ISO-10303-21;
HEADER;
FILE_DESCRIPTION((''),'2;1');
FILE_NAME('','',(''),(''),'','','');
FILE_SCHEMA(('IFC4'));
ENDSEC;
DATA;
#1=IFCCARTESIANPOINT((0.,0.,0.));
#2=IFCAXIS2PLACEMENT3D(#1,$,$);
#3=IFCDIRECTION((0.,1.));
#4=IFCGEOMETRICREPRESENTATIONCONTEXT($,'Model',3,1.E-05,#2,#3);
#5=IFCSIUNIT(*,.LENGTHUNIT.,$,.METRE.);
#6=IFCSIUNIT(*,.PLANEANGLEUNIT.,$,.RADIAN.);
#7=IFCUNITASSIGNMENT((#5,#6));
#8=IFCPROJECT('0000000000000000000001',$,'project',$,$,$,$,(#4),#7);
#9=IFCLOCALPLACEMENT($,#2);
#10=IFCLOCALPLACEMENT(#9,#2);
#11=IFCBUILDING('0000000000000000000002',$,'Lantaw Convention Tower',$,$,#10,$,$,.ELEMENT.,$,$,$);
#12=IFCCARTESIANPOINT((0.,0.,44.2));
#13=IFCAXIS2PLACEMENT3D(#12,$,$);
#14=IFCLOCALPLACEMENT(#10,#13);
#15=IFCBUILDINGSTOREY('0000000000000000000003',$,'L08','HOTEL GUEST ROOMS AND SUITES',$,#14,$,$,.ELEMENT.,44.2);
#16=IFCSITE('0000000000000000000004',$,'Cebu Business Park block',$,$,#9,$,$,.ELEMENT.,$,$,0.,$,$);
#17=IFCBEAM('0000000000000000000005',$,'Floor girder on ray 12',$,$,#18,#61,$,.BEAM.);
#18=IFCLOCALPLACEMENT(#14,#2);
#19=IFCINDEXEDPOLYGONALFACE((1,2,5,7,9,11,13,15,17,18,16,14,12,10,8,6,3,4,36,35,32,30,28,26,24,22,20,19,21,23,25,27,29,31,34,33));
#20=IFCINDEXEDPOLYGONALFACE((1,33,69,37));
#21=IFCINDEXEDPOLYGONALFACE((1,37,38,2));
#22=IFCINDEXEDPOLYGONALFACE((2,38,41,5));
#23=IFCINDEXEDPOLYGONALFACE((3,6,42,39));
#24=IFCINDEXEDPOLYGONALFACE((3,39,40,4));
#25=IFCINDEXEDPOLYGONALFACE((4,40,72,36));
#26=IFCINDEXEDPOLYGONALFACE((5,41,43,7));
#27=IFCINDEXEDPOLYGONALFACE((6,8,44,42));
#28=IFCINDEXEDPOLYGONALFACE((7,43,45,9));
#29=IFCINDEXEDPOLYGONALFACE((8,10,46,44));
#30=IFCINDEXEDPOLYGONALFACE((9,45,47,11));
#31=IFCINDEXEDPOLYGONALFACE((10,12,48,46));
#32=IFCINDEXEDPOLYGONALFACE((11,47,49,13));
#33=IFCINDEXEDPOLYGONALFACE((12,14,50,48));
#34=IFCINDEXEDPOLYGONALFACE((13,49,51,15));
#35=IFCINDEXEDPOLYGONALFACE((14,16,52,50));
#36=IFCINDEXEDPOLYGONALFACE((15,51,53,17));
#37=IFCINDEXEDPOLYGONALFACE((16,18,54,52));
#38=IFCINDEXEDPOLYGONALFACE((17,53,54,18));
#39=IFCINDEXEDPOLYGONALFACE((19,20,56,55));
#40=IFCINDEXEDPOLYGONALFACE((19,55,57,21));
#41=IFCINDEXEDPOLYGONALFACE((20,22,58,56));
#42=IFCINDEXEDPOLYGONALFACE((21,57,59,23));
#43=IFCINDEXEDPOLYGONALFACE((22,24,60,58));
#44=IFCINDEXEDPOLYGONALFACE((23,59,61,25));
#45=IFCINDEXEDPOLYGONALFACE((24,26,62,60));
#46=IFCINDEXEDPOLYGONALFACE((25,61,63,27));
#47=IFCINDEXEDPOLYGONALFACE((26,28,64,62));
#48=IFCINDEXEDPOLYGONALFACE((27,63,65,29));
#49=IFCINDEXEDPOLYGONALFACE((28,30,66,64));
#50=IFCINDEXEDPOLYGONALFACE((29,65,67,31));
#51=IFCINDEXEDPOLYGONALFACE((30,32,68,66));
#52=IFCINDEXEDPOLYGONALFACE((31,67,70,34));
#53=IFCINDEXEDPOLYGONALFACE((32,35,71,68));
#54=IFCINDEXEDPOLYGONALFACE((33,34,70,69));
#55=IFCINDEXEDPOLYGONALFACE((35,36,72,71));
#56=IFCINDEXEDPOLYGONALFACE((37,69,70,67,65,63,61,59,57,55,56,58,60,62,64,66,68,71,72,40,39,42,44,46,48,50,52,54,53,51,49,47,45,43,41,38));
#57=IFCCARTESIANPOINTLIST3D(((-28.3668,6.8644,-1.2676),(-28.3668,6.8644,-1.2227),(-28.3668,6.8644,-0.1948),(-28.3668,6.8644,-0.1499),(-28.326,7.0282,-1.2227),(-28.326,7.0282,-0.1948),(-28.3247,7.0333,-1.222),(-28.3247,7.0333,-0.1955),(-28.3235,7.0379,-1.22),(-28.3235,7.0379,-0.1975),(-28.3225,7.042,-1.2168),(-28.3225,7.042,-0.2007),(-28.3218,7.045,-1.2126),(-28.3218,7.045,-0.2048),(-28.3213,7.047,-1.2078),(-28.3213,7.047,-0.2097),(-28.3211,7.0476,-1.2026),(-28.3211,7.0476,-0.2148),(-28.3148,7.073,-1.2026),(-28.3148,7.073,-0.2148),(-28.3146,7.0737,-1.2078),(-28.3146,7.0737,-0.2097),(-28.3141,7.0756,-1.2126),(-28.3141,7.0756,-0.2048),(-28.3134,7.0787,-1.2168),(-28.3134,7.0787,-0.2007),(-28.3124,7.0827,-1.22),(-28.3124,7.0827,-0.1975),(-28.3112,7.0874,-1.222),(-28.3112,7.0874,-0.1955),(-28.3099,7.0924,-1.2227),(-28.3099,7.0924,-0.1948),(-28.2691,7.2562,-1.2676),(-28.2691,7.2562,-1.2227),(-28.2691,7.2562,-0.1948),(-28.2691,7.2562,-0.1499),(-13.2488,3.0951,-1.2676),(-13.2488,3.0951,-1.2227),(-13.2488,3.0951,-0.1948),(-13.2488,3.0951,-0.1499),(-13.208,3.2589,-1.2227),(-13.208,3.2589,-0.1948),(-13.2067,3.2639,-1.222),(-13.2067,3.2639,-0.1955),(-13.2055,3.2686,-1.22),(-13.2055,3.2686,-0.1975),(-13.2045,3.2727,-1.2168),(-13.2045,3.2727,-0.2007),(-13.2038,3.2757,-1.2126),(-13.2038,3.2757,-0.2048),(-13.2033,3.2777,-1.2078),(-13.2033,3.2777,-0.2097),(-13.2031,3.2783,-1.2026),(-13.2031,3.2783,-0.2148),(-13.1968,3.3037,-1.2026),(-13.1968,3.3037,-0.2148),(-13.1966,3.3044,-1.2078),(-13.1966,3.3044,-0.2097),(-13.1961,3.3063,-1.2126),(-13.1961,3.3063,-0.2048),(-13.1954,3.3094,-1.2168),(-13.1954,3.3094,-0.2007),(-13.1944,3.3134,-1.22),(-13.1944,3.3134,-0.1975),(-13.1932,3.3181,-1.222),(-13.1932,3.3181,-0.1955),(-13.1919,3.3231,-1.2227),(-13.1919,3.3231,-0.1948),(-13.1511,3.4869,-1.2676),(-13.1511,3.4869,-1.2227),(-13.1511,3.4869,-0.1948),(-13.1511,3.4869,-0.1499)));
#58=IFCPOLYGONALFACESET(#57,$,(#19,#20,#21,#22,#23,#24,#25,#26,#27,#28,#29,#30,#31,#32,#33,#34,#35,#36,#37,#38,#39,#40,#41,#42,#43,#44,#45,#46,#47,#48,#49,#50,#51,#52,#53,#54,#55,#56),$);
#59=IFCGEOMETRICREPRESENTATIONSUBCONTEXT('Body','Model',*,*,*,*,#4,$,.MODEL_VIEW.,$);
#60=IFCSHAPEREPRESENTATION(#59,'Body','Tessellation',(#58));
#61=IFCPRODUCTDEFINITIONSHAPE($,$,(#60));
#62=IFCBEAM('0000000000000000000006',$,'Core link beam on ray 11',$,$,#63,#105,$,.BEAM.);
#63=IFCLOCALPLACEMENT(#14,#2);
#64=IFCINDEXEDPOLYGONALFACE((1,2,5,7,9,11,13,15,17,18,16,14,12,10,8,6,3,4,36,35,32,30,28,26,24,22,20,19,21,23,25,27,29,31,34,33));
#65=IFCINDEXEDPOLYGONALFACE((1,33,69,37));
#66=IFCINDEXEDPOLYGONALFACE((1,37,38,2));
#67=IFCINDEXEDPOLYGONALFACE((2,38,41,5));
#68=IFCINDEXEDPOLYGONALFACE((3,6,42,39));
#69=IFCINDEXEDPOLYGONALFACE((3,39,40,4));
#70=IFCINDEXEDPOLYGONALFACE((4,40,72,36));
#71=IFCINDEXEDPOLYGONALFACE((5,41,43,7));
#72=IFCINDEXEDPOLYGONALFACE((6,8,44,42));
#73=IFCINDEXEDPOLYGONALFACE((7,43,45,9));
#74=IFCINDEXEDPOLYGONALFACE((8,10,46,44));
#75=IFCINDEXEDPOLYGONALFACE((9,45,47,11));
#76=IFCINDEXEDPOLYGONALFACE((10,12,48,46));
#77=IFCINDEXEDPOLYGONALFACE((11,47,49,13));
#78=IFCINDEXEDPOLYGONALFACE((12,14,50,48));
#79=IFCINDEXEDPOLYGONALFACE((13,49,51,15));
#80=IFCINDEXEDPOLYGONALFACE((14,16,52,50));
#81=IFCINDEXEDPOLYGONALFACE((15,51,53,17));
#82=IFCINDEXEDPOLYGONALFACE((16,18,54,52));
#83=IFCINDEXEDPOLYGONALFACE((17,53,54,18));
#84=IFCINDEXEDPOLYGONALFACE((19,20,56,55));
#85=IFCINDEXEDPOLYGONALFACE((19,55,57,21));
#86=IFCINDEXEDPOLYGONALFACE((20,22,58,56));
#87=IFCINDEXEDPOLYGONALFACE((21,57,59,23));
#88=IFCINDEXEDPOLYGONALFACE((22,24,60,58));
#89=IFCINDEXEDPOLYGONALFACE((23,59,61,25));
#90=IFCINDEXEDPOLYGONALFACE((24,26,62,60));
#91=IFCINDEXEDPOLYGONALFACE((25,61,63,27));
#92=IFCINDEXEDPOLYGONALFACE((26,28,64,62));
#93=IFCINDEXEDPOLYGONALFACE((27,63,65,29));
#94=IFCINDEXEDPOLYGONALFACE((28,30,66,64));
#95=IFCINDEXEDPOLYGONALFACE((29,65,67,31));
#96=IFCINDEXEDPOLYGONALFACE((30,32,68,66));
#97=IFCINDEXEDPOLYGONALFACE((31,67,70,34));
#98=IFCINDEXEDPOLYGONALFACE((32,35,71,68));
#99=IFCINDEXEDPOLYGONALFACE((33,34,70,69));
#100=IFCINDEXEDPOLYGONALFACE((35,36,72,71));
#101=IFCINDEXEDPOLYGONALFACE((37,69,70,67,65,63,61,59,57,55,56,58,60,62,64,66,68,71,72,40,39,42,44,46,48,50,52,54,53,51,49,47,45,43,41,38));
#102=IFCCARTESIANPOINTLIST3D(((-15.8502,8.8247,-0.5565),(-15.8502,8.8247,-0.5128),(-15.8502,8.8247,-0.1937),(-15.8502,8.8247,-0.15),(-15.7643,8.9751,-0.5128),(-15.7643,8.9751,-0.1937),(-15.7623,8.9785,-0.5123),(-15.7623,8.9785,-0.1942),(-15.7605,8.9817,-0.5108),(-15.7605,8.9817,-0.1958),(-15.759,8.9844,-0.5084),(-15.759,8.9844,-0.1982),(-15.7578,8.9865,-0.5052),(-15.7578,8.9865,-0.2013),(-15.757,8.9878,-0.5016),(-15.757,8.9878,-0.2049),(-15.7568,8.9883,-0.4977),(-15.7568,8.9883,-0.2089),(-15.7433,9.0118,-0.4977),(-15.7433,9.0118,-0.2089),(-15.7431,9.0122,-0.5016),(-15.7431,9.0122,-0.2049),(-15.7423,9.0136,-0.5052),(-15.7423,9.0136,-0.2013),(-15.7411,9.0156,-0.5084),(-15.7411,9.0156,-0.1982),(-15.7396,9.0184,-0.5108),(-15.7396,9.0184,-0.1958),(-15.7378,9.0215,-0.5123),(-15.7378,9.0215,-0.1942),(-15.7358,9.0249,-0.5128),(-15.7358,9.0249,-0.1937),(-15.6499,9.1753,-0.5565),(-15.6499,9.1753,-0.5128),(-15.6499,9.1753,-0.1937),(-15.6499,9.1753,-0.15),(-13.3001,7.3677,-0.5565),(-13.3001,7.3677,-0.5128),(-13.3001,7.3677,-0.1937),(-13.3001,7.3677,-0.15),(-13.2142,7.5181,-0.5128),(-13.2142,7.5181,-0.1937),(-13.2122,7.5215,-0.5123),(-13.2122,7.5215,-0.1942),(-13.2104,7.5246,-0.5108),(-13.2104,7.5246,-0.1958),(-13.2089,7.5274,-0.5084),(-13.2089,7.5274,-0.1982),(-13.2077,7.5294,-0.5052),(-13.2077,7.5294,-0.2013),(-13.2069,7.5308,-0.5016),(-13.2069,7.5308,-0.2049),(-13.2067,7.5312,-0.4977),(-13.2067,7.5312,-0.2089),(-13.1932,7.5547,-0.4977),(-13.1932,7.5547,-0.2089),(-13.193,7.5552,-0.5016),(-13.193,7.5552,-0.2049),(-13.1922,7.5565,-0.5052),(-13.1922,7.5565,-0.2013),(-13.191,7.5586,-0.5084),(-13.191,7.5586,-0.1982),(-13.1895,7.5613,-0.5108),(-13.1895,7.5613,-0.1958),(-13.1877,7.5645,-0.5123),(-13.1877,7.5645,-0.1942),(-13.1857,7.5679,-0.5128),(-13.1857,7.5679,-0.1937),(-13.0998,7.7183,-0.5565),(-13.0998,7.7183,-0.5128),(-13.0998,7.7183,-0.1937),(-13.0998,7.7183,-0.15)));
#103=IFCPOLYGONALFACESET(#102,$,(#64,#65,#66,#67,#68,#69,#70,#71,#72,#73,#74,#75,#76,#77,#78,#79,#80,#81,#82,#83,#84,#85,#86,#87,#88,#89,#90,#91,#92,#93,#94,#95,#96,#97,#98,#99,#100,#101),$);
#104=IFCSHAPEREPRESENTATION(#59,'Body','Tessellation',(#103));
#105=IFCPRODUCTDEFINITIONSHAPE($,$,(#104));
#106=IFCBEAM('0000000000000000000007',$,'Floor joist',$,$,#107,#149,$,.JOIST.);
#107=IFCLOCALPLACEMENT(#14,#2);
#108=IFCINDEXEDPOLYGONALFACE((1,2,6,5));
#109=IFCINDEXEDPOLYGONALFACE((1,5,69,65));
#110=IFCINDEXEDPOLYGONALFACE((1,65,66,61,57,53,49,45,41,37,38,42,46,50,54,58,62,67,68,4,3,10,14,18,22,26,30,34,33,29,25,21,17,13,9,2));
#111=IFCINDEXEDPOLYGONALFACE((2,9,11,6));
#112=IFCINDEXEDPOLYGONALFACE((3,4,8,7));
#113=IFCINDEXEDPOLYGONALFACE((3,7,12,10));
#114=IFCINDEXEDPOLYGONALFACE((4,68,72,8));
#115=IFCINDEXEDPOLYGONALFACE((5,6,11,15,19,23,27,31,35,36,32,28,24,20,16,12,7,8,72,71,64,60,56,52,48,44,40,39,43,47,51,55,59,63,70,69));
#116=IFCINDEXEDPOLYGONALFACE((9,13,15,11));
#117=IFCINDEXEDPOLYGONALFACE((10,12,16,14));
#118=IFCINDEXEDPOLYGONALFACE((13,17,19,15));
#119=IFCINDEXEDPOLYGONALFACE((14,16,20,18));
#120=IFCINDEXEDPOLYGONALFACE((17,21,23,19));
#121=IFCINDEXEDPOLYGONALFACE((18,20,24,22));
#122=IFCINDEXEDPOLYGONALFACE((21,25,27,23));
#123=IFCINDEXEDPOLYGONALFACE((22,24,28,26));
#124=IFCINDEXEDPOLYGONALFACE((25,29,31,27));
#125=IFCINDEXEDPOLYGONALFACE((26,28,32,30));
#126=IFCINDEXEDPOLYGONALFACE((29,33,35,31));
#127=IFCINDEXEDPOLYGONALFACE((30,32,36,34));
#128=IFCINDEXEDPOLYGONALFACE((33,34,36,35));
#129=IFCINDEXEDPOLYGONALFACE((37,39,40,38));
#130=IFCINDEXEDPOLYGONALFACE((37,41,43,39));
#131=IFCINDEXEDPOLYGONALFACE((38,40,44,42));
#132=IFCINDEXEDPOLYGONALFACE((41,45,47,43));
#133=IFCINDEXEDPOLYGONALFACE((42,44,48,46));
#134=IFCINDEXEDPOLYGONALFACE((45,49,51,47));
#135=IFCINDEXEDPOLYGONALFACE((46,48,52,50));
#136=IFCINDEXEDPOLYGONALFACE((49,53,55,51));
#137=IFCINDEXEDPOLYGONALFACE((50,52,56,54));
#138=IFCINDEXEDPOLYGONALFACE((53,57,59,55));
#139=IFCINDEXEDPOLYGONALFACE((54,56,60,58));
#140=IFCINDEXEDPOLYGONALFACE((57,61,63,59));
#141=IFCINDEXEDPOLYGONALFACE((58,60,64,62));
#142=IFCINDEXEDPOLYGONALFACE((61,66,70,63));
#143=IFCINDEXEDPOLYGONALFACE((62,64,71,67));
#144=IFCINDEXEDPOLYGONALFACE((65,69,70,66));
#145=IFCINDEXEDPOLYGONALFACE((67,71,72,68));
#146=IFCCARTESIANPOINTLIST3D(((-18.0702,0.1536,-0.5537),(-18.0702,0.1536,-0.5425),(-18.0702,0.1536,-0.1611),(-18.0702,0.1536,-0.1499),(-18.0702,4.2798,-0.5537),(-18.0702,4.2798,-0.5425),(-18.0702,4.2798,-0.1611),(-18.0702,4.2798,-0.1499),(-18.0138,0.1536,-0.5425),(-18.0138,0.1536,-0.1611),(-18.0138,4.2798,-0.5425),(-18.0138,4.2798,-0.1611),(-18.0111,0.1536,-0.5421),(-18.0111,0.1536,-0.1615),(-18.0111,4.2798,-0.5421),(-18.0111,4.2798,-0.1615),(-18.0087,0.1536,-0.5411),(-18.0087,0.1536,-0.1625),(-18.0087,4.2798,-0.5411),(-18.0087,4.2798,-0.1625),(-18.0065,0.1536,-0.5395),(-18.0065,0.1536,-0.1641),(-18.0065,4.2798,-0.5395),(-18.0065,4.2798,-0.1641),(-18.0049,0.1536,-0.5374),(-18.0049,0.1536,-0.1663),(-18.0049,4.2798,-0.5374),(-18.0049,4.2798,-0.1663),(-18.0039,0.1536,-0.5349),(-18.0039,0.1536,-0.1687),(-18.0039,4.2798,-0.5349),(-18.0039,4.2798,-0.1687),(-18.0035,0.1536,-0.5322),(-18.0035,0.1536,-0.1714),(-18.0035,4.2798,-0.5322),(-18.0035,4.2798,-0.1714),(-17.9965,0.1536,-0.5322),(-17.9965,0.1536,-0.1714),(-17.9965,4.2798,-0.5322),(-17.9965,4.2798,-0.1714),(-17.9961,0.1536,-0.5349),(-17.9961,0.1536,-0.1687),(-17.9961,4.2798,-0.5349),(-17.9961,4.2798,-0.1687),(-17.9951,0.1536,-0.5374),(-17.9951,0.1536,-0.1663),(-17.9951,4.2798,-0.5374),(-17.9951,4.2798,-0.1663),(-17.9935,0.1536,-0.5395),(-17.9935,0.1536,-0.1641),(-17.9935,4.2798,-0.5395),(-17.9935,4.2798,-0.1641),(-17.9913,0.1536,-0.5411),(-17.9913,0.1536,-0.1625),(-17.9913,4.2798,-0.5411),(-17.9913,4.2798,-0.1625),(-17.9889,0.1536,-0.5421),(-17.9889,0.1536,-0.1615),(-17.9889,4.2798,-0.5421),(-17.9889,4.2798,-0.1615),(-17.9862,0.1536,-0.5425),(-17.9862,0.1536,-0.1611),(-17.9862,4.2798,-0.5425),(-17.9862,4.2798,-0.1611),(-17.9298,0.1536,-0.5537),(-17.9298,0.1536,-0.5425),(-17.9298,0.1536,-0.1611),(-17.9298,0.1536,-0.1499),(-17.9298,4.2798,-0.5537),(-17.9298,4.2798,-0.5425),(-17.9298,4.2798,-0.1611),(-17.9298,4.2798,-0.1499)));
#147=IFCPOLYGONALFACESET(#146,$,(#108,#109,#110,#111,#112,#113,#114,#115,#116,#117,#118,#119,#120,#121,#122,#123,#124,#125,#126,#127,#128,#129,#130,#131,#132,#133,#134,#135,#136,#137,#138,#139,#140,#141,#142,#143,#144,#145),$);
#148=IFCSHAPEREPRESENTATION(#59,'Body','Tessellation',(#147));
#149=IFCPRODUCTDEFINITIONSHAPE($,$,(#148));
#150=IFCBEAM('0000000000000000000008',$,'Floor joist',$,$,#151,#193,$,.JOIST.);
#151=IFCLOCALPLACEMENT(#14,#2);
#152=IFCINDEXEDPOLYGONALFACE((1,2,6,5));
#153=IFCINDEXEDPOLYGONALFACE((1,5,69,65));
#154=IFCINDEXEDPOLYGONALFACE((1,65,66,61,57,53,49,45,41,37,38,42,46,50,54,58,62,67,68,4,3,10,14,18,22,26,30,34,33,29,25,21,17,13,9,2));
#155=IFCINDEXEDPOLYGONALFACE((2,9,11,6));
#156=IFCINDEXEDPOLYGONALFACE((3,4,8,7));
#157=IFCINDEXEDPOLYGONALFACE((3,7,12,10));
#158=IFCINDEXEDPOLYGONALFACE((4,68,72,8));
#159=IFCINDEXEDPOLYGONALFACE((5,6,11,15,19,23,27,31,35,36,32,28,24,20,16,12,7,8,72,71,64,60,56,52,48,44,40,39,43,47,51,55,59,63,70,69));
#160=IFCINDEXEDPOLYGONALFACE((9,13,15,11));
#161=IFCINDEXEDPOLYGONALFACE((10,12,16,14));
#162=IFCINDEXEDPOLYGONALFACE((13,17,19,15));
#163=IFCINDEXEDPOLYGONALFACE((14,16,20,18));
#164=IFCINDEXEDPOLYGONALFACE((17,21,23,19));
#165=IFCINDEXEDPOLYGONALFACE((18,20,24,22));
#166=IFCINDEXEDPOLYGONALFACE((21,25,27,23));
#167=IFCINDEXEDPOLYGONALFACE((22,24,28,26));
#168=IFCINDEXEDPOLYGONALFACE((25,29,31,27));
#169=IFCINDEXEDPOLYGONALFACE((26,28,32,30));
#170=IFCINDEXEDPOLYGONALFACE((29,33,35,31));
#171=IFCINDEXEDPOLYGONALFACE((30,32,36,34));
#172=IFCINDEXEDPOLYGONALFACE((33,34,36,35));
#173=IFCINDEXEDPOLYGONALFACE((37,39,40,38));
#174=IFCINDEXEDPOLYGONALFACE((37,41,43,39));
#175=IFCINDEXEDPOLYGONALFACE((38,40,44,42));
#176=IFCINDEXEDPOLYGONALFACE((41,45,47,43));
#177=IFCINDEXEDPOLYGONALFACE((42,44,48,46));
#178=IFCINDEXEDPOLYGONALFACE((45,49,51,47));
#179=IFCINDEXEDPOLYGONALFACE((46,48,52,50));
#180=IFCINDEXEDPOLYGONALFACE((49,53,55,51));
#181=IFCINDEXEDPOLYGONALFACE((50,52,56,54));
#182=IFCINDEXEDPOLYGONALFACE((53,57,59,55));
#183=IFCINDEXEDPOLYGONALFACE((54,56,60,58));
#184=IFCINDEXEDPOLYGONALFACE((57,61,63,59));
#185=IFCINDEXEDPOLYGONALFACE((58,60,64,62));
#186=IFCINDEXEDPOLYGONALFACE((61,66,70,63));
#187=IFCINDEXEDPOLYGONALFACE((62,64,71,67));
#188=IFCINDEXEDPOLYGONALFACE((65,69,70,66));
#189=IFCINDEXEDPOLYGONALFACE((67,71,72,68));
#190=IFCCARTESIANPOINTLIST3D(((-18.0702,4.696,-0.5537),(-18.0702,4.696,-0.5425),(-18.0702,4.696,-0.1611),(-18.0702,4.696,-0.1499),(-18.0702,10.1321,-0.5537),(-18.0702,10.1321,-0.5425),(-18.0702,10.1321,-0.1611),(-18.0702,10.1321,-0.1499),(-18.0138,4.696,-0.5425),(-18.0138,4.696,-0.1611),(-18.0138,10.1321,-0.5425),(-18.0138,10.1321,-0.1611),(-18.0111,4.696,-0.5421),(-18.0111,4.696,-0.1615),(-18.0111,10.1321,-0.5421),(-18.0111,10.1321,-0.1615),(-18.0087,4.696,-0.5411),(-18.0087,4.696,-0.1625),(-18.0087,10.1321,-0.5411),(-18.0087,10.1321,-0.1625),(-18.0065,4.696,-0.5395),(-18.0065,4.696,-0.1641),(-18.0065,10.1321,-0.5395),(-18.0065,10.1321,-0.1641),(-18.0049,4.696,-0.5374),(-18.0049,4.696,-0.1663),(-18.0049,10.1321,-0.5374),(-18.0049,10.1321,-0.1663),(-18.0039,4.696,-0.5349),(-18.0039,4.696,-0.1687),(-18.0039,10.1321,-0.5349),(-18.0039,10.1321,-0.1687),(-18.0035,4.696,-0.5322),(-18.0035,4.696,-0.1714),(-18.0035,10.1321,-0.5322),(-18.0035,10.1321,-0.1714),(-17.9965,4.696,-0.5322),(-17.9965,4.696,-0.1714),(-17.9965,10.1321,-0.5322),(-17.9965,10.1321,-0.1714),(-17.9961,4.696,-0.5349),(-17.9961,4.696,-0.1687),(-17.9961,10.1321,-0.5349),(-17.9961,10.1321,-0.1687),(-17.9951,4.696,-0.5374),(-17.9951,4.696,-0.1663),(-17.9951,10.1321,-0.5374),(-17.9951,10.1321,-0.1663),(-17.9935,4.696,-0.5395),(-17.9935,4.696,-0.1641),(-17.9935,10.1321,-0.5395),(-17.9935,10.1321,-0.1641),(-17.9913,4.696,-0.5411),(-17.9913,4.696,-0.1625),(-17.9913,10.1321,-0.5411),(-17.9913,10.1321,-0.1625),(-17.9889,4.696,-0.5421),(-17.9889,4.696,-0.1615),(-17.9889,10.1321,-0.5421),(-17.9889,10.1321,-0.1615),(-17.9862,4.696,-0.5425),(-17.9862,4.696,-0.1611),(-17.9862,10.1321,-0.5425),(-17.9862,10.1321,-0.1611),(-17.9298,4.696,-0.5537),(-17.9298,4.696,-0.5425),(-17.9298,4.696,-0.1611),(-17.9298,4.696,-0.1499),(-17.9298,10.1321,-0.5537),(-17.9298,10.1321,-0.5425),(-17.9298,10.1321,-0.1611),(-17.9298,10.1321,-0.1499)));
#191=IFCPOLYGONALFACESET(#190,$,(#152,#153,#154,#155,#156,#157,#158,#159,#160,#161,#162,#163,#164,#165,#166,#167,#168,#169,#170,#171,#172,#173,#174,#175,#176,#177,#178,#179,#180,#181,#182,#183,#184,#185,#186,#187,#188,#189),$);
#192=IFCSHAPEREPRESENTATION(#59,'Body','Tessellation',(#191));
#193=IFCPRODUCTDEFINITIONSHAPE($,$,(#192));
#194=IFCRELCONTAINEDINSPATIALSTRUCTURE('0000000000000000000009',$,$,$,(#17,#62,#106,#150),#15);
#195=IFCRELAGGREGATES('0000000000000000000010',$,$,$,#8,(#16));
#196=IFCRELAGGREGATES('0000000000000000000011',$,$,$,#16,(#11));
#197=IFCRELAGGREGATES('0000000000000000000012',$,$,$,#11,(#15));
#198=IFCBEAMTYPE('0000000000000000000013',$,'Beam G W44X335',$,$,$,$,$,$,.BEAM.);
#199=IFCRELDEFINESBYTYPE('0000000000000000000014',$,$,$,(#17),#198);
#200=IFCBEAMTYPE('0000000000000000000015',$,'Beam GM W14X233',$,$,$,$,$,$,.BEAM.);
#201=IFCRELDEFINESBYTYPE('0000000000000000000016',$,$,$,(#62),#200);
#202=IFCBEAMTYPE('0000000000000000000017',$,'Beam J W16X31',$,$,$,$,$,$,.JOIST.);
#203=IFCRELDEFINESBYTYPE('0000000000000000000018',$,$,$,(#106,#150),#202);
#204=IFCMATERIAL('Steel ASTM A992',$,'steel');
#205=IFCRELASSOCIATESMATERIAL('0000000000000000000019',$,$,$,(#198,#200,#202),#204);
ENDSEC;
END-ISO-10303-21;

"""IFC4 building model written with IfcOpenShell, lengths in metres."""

from ifc_helpers import new_model, si_unit, direction, frame, origin, origin_2d, place, context, subcontext, project, spatial, i_section, extrude, material, material_profile, profile_set, type_object, element, save


model = new_model("IFC4")

# Units and contexts
model_context = context("Model", 3, precision=1e-05, world=origin(), true_north=direction((0.0, 1.0)))
body_context = subcontext(model_context, "Body", "Model", "MODEL_VIEW")
ifc_project = project(units=[si_unit("LENGTHUNIT", "METRE"), si_unit("PLANEANGLEUNIT", "RADIAN")], contexts=[model_context])

# Site, building, storey
site_placement = place(None, origin())
site = spatial("IfcSite", under=ifc_project, at=site_placement, Name="Cebu Business Park block", CompositionType="ELEMENT", RefElevation=0.0)
building_placement = place(site_placement, origin())
building = spatial("IfcBuilding", under=site, at=building_placement, Name="Lantaw Convention Tower", CompositionType="ELEMENT")
storey_placement = place(building_placement, frame((0.0, 0.0, 44.2)))
storey = spatial("IfcBuildingStorey", under=building, at=storey_placement, Name="L08", Description="HOTEL GUEST ROOMS AND SUITES", CompositionType="ELEMENT", Elevation=44.2)

# Beams
ifc_material_1 = material(Name="Steel ASTM A992", Category="steel")
ifc_material_profile_1 = material_profile(ifc_material_1, i_section(OverallWidth=0.4038, OverallDepth=1.1177, WebThickness=0.0261, FlangeThickness=0.0449, FilletRadius=0.02, at=origin_2d()), Name="W44X335")
ifc_profile_set_1 = profile_set([ifc_material_profile_1], Name="Steel ASTM A992")
beam_type_1 = type_object("IfcBeamType", Name="Beam G W44X335", PredefinedType="BEAM", material=ifc_profile_set_1)
beam_1_placement = place(storey_placement, frame((-13.2, 3.291, -0.7087), z_axis=(-0.970296, 0.24192, 0.0), x_axis=(-0.24192, -0.970296, 0.0)))
element("IfcBeam", 1, at=beam_1_placement, inside=storey, type_object=beam_type_1, Name="Floor girder on ray 12", PredefinedType="BEAM", context=body_context, shape_type="SweptSolid", body=[
    extrude(i_section(OverallWidth=0.4038, OverallDepth=1.1177, WebThickness=0.0261, FlangeThickness=0.0449, FilletRadius=0.02, at=origin_2d()), origin(), (0.0, 0.0, 1.0), 15.5808),
])
ifc_material_profile_2 = material_profile(ifc_material_1, i_section(OverallWidth=0.4038, OverallDepth=0.4065, WebThickness=0.0271, FlangeThickness=0.0437, FilletRadius=0.0151, at=origin_2d()), Name="W14X233")
ifc_profile_set_2 = profile_set([ifc_material_profile_2], Name="Steel ASTM A992")
beam_type_2 = type_object("IfcBeamType", Name="Beam GM W14X233", PredefinedType="BEAM", material=ifc_profile_set_2)
beam_2_placement = place(storey_placement, frame((-13.2, 7.543, -0.3533), z_axis=(-0.868264, 0.496103, 0.0), x_axis=(-0.496103, -0.868264, 0.0)))
element("IfcBeam", 2, at=beam_2_placement, inside=storey, type_object=beam_type_2, Name="Core link beam on ray 11", PredefinedType="BEAM", context=body_context, shape_type="SweptSolid", body=[
    extrude(i_section(OverallWidth=0.4038, OverallDepth=0.4065, WebThickness=0.0271, FlangeThickness=0.0437, FilletRadius=0.0151, at=origin_2d()), origin(), (0.0, 0.0, 1.0), 2.937),
])
ifc_material_profile_3 = material_profile(ifc_material_1, i_section(OverallWidth=0.1404, OverallDepth=0.4038, WebThickness=0.0071, FlangeThickness=0.0112, FilletRadius=0.0103, at=origin_2d()), Name="W16X31")
ifc_profile_set_3 = profile_set([ifc_material_profile_3], Name="Steel ASTM A992")
beam_type_3 = type_object("IfcBeamType", Name="Beam J W16X31", PredefinedType="JOIST", material=ifc_profile_set_3)
beam_3_placement = place(storey_placement, frame((-18.0, 0.1536, -0.3518), z_axis=(0.0, 1.0, 0.0), x_axis=(-1.0, 0.0, 0.0)))
element("IfcBeam", 3, at=beam_3_placement, inside=storey, type_object=beam_type_3, Name="Floor joist", PredefinedType="JOIST", context=body_context, shape_type="SweptSolid", body=[
    extrude(i_section(OverallWidth=0.1404, OverallDepth=0.4038, WebThickness=0.0071, FlangeThickness=0.0112, FilletRadius=0.0103, at=origin_2d()), origin(), (0.0, 0.0, 1.0), 4.1262),
])
beam_4_placement = place(storey_placement, frame((-18.0, 4.696, -0.3518), z_axis=(0.0, 1.0, 0.0), x_axis=(-1.0, 0.0, 0.0)))
element("IfcBeam", 4, at=beam_4_placement, inside=storey, type_object=beam_type_3, Name="Floor joist", PredefinedType="JOIST", context=body_context, shape_type="SweptSolid", body=[
    extrude(i_section(OverallWidth=0.1404, OverallDepth=0.4038, WebThickness=0.0071, FlangeThickness=0.0112, FilletRadius=0.0103, at=origin_2d()), origin(), (0.0, 0.0, 1.0), 5.436),
])

save(model, "model.ifc")
